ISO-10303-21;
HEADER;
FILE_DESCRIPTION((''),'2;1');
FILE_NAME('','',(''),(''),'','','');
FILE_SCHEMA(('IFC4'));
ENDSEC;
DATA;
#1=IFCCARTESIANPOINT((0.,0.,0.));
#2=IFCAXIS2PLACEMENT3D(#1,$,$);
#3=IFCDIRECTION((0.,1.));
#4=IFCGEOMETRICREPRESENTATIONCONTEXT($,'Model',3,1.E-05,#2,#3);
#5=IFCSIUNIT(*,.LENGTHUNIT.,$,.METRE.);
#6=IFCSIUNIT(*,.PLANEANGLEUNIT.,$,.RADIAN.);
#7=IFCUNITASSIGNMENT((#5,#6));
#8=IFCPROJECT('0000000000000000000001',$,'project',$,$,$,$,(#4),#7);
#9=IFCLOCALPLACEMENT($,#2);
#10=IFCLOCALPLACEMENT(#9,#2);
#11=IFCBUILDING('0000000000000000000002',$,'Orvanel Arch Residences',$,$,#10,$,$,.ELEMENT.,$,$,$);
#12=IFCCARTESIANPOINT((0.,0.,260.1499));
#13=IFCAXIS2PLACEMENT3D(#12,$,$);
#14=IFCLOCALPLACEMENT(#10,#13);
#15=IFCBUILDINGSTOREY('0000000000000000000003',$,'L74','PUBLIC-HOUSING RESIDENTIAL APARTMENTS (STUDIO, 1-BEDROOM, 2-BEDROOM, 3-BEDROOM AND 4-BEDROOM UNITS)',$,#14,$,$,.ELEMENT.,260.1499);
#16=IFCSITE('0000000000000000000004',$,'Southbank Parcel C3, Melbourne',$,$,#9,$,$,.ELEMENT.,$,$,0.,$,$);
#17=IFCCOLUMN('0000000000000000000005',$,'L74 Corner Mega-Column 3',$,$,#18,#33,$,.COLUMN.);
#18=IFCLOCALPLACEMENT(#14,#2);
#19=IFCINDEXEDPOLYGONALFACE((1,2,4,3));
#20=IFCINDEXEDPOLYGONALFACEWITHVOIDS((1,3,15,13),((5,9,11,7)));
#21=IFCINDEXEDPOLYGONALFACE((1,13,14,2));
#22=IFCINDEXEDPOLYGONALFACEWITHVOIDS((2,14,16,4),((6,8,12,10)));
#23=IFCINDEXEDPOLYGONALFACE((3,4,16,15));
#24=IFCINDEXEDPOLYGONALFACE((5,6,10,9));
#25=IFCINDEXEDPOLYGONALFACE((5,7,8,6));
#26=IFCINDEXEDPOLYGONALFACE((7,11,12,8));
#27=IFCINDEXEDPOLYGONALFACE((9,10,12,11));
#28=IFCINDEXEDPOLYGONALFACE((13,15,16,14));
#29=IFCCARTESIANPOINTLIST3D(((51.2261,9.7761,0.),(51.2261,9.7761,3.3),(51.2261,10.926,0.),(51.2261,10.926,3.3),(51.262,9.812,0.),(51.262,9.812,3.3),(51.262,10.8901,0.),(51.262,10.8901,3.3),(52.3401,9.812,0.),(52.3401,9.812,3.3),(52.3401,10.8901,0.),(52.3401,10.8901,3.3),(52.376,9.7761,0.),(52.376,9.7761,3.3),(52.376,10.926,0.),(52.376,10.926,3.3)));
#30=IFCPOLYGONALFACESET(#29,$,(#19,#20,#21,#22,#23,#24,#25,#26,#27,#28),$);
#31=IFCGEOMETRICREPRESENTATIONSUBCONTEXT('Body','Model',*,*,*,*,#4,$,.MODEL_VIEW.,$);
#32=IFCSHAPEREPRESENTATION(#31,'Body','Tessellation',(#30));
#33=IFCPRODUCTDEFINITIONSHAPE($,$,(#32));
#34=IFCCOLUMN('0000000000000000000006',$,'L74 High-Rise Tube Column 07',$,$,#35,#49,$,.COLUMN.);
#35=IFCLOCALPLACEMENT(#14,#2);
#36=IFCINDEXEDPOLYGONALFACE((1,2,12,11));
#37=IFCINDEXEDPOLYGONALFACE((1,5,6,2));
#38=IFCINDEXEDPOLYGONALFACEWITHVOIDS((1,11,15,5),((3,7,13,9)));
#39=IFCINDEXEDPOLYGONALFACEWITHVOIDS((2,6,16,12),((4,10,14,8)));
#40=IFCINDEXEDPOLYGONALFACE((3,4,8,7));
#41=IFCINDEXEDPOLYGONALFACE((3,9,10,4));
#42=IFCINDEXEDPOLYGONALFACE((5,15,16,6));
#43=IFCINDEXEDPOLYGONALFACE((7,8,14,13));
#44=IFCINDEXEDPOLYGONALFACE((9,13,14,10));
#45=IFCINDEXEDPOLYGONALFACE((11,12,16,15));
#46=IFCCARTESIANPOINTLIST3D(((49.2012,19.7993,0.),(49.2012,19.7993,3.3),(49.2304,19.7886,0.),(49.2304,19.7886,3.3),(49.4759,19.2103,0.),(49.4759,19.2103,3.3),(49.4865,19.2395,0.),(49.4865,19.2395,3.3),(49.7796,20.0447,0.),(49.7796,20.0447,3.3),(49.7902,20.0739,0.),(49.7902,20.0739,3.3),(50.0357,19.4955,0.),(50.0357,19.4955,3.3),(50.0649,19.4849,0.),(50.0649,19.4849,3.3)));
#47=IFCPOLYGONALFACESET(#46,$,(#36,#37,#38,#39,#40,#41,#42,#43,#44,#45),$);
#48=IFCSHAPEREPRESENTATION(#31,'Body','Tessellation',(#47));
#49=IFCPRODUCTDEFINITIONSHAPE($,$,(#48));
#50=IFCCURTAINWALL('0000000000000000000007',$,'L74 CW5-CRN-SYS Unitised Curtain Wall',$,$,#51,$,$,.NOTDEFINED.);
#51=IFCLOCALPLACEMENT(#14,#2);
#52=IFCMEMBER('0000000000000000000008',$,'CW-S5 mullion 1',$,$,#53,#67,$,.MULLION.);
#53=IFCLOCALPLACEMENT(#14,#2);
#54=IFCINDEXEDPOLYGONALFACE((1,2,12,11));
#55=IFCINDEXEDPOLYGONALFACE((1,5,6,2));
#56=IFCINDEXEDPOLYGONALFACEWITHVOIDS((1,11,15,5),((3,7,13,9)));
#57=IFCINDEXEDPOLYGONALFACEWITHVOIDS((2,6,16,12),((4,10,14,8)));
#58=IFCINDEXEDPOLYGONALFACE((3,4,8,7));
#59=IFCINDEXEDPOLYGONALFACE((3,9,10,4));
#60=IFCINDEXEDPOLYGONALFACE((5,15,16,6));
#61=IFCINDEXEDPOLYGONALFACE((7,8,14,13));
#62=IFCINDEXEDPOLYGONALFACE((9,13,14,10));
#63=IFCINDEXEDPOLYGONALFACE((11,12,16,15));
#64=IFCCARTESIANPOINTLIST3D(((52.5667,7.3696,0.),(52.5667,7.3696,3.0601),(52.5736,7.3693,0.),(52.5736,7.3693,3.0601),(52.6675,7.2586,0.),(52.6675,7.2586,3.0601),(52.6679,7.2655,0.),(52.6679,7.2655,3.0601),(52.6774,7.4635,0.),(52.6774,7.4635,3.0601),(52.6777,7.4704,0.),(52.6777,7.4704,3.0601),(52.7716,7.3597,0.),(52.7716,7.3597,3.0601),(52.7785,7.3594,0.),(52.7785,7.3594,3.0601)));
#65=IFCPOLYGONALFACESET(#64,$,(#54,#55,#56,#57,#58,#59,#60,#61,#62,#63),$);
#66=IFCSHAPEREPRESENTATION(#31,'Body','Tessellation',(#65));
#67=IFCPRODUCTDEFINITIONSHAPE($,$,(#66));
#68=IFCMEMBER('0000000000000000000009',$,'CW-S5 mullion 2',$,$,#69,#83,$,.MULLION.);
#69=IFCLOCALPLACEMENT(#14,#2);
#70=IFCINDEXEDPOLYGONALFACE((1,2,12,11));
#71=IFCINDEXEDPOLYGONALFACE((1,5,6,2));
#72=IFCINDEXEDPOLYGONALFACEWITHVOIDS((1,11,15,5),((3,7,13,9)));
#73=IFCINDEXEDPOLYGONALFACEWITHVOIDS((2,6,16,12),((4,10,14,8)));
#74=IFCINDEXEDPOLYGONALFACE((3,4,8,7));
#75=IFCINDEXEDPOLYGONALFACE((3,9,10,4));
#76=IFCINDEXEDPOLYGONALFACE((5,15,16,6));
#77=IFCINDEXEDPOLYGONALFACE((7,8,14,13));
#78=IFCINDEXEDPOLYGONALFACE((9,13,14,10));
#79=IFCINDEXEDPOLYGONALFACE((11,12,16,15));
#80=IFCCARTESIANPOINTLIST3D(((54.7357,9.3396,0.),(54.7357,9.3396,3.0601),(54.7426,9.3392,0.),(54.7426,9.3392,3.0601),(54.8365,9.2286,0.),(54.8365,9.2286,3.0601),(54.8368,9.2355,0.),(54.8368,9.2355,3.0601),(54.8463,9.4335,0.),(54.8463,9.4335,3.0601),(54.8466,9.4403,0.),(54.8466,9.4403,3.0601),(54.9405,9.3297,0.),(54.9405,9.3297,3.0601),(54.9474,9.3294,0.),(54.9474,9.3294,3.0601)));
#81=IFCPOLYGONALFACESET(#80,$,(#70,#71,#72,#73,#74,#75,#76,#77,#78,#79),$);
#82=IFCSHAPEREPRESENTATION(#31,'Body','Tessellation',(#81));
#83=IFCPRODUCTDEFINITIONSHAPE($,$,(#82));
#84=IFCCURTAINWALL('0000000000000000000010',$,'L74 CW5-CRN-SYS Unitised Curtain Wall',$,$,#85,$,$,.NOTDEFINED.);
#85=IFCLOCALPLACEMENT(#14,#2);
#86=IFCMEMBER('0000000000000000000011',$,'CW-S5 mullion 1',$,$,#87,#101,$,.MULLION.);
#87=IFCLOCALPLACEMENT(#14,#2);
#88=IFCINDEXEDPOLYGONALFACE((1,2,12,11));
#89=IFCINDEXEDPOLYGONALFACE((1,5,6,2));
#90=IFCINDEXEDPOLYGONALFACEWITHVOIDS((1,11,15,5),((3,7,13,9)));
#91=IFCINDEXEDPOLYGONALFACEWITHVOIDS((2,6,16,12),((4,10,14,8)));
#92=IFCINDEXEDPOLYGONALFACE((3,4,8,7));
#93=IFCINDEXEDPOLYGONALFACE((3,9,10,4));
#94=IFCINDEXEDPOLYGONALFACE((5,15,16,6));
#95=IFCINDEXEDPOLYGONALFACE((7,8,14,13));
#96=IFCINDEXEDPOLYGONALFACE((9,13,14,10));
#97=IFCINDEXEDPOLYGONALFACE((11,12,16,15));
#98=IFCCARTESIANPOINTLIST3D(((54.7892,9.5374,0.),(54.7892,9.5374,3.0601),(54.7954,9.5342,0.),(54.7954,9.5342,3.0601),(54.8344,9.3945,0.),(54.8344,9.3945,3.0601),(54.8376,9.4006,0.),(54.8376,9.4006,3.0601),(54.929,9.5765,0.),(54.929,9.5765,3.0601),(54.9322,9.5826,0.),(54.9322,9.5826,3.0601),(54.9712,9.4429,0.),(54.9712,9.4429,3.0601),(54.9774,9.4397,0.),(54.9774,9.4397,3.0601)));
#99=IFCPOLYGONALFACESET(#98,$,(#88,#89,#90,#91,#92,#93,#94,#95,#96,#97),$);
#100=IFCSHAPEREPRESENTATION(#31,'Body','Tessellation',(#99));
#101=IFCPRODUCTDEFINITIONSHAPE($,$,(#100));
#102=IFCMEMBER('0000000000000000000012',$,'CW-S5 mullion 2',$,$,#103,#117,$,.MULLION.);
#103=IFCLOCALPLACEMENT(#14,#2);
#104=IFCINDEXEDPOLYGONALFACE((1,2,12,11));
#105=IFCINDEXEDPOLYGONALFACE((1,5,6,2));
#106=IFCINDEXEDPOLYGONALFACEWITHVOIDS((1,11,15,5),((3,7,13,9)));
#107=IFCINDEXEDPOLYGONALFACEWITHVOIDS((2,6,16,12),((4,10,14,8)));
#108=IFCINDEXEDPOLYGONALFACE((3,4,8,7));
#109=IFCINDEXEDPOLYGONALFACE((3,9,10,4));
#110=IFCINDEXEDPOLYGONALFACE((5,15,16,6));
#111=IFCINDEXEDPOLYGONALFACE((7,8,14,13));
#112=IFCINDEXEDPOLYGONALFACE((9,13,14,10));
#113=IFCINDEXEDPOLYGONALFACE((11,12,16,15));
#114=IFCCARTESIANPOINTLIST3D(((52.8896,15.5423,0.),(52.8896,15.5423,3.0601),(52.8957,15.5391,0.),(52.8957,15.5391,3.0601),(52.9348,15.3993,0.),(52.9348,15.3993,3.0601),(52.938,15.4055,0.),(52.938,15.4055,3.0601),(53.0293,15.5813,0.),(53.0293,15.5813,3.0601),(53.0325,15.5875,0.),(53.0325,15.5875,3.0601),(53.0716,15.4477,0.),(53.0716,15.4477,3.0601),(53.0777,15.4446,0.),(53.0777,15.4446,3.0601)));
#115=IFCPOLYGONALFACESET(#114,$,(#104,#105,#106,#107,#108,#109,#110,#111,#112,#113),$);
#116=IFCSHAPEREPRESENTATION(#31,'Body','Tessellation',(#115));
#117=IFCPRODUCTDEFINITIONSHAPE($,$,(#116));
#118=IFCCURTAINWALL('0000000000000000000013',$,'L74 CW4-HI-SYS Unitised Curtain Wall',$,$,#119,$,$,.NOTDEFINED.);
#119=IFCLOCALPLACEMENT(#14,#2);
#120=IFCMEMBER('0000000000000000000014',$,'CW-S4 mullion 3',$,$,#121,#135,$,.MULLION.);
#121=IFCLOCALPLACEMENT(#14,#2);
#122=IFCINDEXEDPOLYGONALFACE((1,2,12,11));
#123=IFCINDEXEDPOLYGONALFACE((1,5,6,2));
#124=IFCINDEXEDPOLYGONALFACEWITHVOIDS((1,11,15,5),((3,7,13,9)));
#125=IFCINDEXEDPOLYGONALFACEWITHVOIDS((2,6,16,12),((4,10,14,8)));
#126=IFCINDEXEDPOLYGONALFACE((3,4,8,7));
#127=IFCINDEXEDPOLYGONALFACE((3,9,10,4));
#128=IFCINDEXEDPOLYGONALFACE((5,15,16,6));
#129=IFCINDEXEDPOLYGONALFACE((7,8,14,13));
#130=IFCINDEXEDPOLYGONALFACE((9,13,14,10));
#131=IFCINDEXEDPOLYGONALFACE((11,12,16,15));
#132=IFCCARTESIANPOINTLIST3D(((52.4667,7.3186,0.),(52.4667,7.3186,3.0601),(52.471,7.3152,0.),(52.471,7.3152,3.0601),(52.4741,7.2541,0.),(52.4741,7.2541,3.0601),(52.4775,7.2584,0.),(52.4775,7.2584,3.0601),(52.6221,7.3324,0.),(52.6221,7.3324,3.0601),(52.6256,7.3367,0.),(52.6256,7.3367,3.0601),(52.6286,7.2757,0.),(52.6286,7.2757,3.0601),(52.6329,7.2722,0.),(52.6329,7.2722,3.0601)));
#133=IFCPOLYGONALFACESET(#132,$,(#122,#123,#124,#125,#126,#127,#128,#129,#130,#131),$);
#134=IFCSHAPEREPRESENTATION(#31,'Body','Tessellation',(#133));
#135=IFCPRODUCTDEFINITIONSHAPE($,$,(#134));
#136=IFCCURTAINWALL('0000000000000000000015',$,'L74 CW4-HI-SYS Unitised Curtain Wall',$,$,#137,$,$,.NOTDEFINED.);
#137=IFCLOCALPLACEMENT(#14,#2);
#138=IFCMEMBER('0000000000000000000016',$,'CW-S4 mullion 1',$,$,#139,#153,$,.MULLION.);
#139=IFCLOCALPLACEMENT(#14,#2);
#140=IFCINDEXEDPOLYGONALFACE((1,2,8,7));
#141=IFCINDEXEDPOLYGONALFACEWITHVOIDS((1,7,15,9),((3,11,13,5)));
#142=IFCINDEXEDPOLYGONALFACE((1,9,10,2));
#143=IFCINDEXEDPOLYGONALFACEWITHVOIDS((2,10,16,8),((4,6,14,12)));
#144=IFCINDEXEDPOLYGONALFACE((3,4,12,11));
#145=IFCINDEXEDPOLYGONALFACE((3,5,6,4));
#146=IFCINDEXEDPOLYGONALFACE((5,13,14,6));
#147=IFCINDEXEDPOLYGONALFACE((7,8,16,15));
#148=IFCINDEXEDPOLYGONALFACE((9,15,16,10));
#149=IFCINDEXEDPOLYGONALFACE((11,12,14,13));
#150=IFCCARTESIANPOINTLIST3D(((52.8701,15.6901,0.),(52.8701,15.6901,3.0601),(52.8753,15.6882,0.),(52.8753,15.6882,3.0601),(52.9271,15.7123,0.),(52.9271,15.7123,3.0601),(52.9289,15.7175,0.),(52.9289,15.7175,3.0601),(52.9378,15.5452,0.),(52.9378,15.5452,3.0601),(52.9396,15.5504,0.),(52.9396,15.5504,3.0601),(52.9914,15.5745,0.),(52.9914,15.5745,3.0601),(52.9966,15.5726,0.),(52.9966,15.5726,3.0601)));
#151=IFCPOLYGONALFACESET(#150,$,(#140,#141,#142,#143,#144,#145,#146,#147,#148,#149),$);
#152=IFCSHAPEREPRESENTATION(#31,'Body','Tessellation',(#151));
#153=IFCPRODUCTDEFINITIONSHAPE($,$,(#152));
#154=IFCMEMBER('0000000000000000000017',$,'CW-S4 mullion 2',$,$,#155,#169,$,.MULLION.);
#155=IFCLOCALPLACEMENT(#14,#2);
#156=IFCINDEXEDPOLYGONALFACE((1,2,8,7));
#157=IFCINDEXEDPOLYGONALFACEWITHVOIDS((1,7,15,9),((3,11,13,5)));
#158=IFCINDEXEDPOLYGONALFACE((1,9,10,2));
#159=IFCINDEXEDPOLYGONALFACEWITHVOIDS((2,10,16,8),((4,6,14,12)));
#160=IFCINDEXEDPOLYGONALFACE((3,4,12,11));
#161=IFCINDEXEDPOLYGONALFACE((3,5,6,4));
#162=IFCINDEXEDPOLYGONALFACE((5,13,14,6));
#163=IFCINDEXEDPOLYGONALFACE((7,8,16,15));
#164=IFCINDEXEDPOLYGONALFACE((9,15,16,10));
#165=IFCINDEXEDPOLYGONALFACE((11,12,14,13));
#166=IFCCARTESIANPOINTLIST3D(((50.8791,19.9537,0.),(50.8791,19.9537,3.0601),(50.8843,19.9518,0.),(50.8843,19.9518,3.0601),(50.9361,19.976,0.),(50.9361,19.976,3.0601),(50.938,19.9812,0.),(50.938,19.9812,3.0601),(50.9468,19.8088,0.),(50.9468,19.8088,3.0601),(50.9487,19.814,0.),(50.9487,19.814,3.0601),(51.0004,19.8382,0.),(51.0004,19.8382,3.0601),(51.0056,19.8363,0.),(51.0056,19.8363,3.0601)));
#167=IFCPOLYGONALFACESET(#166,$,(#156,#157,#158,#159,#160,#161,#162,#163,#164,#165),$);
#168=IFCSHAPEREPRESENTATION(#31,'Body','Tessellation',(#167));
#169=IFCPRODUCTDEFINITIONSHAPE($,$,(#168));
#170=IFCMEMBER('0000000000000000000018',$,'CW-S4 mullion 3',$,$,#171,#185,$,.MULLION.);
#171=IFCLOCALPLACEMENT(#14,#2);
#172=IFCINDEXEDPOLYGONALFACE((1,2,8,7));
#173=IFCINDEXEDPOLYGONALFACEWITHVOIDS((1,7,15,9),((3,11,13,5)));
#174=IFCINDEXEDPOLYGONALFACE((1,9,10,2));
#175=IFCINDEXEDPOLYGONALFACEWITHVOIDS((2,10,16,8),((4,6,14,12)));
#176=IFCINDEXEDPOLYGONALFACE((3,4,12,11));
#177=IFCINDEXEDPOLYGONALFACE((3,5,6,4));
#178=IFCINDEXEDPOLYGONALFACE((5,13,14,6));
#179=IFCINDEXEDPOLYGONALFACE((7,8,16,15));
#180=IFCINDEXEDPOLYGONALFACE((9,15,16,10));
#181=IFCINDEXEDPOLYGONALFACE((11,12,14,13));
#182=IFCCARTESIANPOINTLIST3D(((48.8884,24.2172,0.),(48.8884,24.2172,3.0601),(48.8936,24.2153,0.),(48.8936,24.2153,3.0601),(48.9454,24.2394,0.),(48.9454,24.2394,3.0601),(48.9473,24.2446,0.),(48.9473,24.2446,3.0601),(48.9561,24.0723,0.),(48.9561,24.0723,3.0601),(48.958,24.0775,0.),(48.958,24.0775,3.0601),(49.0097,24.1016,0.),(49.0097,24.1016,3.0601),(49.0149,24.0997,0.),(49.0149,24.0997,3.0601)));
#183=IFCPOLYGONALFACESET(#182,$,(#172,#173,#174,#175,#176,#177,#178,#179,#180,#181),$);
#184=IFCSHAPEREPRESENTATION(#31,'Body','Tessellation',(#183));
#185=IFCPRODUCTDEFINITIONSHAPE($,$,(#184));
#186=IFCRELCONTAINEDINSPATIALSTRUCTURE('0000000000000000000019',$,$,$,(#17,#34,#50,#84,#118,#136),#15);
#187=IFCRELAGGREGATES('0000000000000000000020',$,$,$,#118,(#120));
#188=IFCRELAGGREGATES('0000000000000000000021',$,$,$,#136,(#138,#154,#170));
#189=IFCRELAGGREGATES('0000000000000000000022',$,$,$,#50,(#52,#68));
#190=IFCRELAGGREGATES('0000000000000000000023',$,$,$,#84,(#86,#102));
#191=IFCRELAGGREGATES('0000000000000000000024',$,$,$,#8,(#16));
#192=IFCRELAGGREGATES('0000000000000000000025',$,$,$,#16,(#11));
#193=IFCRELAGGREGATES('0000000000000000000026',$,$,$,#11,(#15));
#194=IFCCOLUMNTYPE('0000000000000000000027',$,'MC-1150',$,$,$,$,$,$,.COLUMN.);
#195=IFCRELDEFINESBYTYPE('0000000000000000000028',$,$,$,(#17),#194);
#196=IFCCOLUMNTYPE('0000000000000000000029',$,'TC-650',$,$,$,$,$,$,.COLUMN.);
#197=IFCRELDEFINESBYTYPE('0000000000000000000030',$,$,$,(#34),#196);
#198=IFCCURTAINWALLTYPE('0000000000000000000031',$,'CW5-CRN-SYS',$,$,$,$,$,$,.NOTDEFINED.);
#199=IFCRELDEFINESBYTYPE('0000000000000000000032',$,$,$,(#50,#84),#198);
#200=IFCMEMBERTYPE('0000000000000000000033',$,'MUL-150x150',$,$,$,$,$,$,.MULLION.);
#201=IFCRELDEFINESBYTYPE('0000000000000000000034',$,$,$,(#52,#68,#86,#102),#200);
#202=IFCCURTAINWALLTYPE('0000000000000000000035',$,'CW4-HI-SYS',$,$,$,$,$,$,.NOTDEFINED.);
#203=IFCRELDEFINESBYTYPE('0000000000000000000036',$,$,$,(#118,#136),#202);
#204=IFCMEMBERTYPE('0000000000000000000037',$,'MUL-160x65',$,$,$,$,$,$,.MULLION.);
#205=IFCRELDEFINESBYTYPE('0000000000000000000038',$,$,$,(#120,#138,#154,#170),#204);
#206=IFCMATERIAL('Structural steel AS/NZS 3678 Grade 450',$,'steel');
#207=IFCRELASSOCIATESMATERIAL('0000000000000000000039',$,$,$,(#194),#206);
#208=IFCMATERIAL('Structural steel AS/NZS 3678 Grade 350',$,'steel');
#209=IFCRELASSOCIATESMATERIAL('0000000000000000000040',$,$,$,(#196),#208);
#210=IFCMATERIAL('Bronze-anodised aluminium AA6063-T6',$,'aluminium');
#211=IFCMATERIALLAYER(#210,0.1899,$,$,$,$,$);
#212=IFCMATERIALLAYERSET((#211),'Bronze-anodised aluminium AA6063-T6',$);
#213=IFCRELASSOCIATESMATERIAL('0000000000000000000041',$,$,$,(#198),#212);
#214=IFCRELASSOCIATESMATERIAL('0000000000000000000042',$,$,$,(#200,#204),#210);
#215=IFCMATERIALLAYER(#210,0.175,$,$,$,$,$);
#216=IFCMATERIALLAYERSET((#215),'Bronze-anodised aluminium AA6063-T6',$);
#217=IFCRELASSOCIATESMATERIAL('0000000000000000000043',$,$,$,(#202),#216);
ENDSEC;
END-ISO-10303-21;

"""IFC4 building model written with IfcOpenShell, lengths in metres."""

from ifc_helpers import new_model, si_unit, direction, frame, origin, origin_2d, place, context, subcontext, project, spatial, hollow_rectangle, extrude, material, layer, layer_set, material_profile, profile_set, type_object, element, aggregate, save


model = new_model("IFC4")

# Units and contexts
model_context = context("Model", 3, precision=1e-05, world=origin(), true_north=direction((0.0, 1.0)))
body_context = subcontext(model_context, "Body", "Model", "MODEL_VIEW")
ifc_project = project(units=[si_unit("LENGTHUNIT", "METRE"), si_unit("PLANEANGLEUNIT", "RADIAN")], contexts=[model_context])

# Site, building, storey
site_placement = place(None, origin())
site = spatial("IfcSite", under=ifc_project, at=site_placement, Name="Southbank Parcel C3, Melbourne", CompositionType="ELEMENT", RefElevation=0.0)
building_placement = place(site_placement, origin())
building = spatial("IfcBuilding", under=site, at=building_placement, Name="Orvanel Arch Residences", CompositionType="ELEMENT")
storey_placement = place(building_placement, frame((0.0, 0.0, 260.1499)))
storey = spatial("IfcBuildingStorey", under=building, at=storey_placement, Name="L74", Description="PUBLIC-HOUSING RESIDENTIAL APARTMENTS (STUDIO, 1-BEDROOM, 2-BEDROOM, 3-BEDROOM AND 4-BEDROOM UNITS)", CompositionType="ELEMENT", Elevation=260.1499)

# Columns
ifc_material_1 = material(Name="Structural steel AS/NZS 3678 Grade 450", Category="steel")
ifc_material_profile_1 = material_profile(ifc_material_1, hollow_rectangle(XDim=1.1499, YDim=1.1499, WallThickness=0.0359, at=origin_2d()), Name="BOX1150x1150x36")
ifc_profile_set_1 = profile_set([ifc_material_profile_1], Name="Structural steel AS/NZS 3678 Grade 450")
column_type_1 = type_object("IfcColumnType", Name="MC-1150", PredefinedType="COLUMN", material=ifc_profile_set_1)
column_1_placement = place(storey_placement, frame((51.801, 10.3511, 0.0), z_axis=(0.0, 0.0, 1.0), x_axis=(1.0, 0.0, 0.0)))
element("IfcColumn", 1, at=column_1_placement, inside=storey, type_object=column_type_1, Name="L74 Corner Mega-Column 3", PredefinedType="COLUMN", context=body_context, shape_type="SweptSolid", body=[
    extrude(hollow_rectangle(XDim=1.1499, YDim=1.1499, WallThickness=0.0359, at=origin_2d()), origin(), (0.0, 0.0, 1.0), 3.3),
])
ifc_material_2 = material(Name="Structural steel AS/NZS 3678 Grade 350", Category="steel")
ifc_material_profile_2 = material_profile(ifc_material_2, hollow_rectangle(XDim=0.6499, YDim=0.6499, WallThickness=0.022, at=origin_2d()), Name="BOX650x650x22")
ifc_profile_set_2 = profile_set([ifc_material_profile_2], Name="Structural steel AS/NZS 3678 Grade 350")
column_type_2 = type_object("IfcColumnType", Name="TC-650", PredefinedType="COLUMN", material=ifc_profile_set_2)
column_2_placement = place(storey_placement, frame((49.6331, 19.6421, 0.0), z_axis=(0.0, 0.0, 1.0), x_axis=(-0.422618, 0.906308, 0.0)))
element("IfcColumn", 2, at=column_2_placement, inside=storey, type_object=column_type_2, Name="L74 High-Rise Tube Column 07", PredefinedType="COLUMN", context=body_context, shape_type="SweptSolid", body=[
    extrude(hollow_rectangle(XDim=0.6499, YDim=0.6499, WallThickness=0.022, at=origin_2d()), origin(), (0.0, 0.0, 1.0), 3.3),
])

# Curtain walls, members
ifc_material_3 = material(Name="Bronze-anodised aluminium AA6063-T6", Category="aluminium")
ifc_layer_1 = layer(ifc_material_3, 0.1899)
ifc_layer_set_1 = layer_set([ifc_layer_1], Name="Bronze-anodised aluminium AA6063-T6")
curtain_wall_type_1 = type_object("IfcCurtainWallType", Name="CW5-CRN-SYS", PredefinedType="NOTDEFINED", material=ifc_layer_set_1)
curtain_wall_1_placement = place(storey_placement, origin())
curtain_wall_1 = element("IfcCurtainWall", 3, at=curtain_wall_1_placement, inside=storey, type_object=curtain_wall_type_1, Name="L74 CW5-CRN-SYS Unitised Curtain Wall", PredefinedType="NOTDEFINED")
ifc_material_profile_3 = material_profile(ifc_material_3, hollow_rectangle(XDim=0.1499, YDim=0.1499, WallThickness=0.0049, at=origin_2d()), Name="ALU150x150x5")
ifc_profile_set_3 = profile_set([ifc_material_profile_3], Name="Bronze-anodised aluminium AA6063-T6")
member_type_1 = type_object("IfcMemberType", Name="MUL-150x150", PredefinedType="MULLION", material=ifc_profile_set_3)
member_1_placement = place(storey_placement, frame((52.6726, 7.3645, 0.0), z_axis=(0.0, 0.0, 1.0), x_axis=(-0.672366, 0.740219, 0.0)))
member_1 = element("IfcMember", 4, at=member_1_placement, type_object=member_type_1, Name="CW-S5 mullion 1", PredefinedType="MULLION", context=body_context, shape_type="SweptSolid", body=[
    extrude(hollow_rectangle(XDim=0.1499, YDim=0.1499, WallThickness=0.0049, at=origin_2d()), origin(), (0.0, 0.0, 1.0), 3.0601),
])
member_2_placement = place(storey_placement, frame((54.8416, 9.3345, 0.0), z_axis=(0.0, 0.0, 1.0), x_axis=(-0.672366, 0.740219, 0.0)))
member_2 = element("IfcMember", 5, at=member_2_placement, type_object=member_type_1, Name="CW-S5 mullion 2", PredefinedType="MULLION", context=body_context, shape_type="SweptSolid", body=[
    extrude(hollow_rectangle(XDim=0.1499, YDim=0.1499, WallThickness=0.0049, at=origin_2d()), origin(), (0.0, 0.0, 1.0), 3.0601),
])
curtain_wall_2_placement = place(storey_placement, origin())
curtain_wall_2 = element("IfcCurtainWall", 6, at=curtain_wall_2_placement, inside=storey, type_object=curtain_wall_type_1, Name="L74 CW5-CRN-SYS Unitised Curtain Wall", PredefinedType="NOTDEFINED")
member_3_placement = place(storey_placement, frame((54.8833, 9.4885, 0.0), z_axis=(0.0, 0.0, 1.0), x_axis=(-0.953426, -0.301629, 0.0)))
member_3 = element("IfcMember", 7, at=member_3_placement, type_object=member_type_1, Name="CW-S5 mullion 1", PredefinedType="MULLION", context=body_context, shape_type="SweptSolid", body=[
    extrude(hollow_rectangle(XDim=0.1499, YDim=0.1499, WallThickness=0.0049, at=origin_2d()), origin(), (0.0, 0.0, 1.0), 3.0601),
])
member_4_placement = place(storey_placement, frame((52.9836, 15.4934, 0.0), z_axis=(0.0, 0.0, 1.0), x_axis=(-0.953426, -0.301629, 0.0)))
member_4 = element("IfcMember", 8, at=member_4_placement, type_object=member_type_1, Name="CW-S5 mullion 2", PredefinedType="MULLION", context=body_context, shape_type="SweptSolid", body=[
    extrude(hollow_rectangle(XDim=0.1499, YDim=0.1499, WallThickness=0.0049, at=origin_2d()), origin(), (0.0, 0.0, 1.0), 3.0601),
])

# Curtain wall, member
ifc_layer_2 = layer(ifc_material_3, 0.175)
ifc_layer_set_2 = layer_set([ifc_layer_2], Name="Bronze-anodised aluminium AA6063-T6")
curtain_wall_type_2 = type_object("IfcCurtainWallType", Name="CW4-HI-SYS", PredefinedType="NOTDEFINED", material=ifc_layer_set_2)
curtain_wall_3_placement = place(storey_placement, origin())
curtain_wall_3 = element("IfcCurtainWall", 9, at=curtain_wall_3_placement, inside=storey, type_object=curtain_wall_type_2, Name="L74 CW4-HI-SYS Unitised Curtain Wall", PredefinedType="NOTDEFINED")
ifc_material_profile_4 = material_profile(ifc_material_3, hollow_rectangle(XDim=0.0649, YDim=0.1599, WallThickness=0.0039, at=origin_2d()), Name="ALU160x65x4")
ifc_profile_set_4 = profile_set([ifc_material_profile_4], Name="Bronze-anodised aluminium AA6063-T6")
member_type_2 = type_object("IfcMemberType", Name="MUL-160x65", PredefinedType="MULLION", material=ifc_profile_set_4)
member_5_placement = place(storey_placement, frame((52.5498, 7.2954, 0.0), z_axis=(0.0, 0.0, 1.0), x_axis=(-0.11351, 0.993537, 0.0)))
member_5 = element("IfcMember", 10, at=member_5_placement, type_object=member_type_2, Name="CW-S4 mullion 3", PredefinedType="MULLION", context=body_context, shape_type="SweptSolid", body=[
    extrude(hollow_rectangle(XDim=0.0649, YDim=0.1599, WallThickness=0.0039, at=origin_2d()), origin(), (0.0, 0.0, 1.0), 3.0601),
])

# Curtain wall, members
curtain_wall_4_placement = place(storey_placement, origin())
curtain_wall_4 = element("IfcCurtainWall", 11, at=curtain_wall_4_placement, inside=storey, type_object=curtain_wall_type_2, Name="L74 CW4-HI-SYS Unitised Curtain Wall", PredefinedType="NOTDEFINED")
member_6_placement = place(storey_placement, frame((52.9333, 15.6313, 0.0), z_axis=(0.0, 0.0, 1.0), x_axis=(-0.906094, -0.423076, 0.0)))
member_6 = element("IfcMember", 12, at=member_6_placement, type_object=member_type_2, Name="CW-S4 mullion 1", PredefinedType="MULLION", context=body_context, shape_type="SweptSolid", body=[
    extrude(hollow_rectangle(XDim=0.0649, YDim=0.1599, WallThickness=0.0039, at=origin_2d()), origin(), (0.0, 0.0, 1.0), 3.0601),
])
member_7_placement = place(storey_placement, frame((50.9424, 19.895, 0.0), z_axis=(0.0, 0.0, 1.0), x_axis=(-0.906094, -0.423076, 0.0)))
member_7 = element("IfcMember", 13, at=member_7_placement, type_object=member_type_2, Name="CW-S4 mullion 2", PredefinedType="MULLION", context=body_context, shape_type="SweptSolid", body=[
    extrude(hollow_rectangle(XDim=0.0649, YDim=0.1599, WallThickness=0.0039, at=origin_2d()), origin(), (0.0, 0.0, 1.0), 3.0601),
])
member_8_placement = place(storey_placement, frame((48.9517, 24.1584, 0.0), z_axis=(0.0, 0.0, 1.0), x_axis=(-0.906094, -0.423076, 0.0)))
member_8 = element("IfcMember", 14, at=member_8_placement, type_object=member_type_2, Name="CW-S4 mullion 3", PredefinedType="MULLION", context=body_context, shape_type="SweptSolid", body=[
    extrude(hollow_rectangle(XDim=0.0649, YDim=0.1599, WallThickness=0.0039, at=origin_2d()), origin(), (0.0, 0.0, 1.0), 3.0601),
])

aggregate(curtain_wall_3, [member_5])
aggregate(curtain_wall_4, [member_6, member_7, member_8])
aggregate(curtain_wall_1, [member_1, member_2])
aggregate(curtain_wall_2, [member_3, member_4])

save(model, "model.ifc")
